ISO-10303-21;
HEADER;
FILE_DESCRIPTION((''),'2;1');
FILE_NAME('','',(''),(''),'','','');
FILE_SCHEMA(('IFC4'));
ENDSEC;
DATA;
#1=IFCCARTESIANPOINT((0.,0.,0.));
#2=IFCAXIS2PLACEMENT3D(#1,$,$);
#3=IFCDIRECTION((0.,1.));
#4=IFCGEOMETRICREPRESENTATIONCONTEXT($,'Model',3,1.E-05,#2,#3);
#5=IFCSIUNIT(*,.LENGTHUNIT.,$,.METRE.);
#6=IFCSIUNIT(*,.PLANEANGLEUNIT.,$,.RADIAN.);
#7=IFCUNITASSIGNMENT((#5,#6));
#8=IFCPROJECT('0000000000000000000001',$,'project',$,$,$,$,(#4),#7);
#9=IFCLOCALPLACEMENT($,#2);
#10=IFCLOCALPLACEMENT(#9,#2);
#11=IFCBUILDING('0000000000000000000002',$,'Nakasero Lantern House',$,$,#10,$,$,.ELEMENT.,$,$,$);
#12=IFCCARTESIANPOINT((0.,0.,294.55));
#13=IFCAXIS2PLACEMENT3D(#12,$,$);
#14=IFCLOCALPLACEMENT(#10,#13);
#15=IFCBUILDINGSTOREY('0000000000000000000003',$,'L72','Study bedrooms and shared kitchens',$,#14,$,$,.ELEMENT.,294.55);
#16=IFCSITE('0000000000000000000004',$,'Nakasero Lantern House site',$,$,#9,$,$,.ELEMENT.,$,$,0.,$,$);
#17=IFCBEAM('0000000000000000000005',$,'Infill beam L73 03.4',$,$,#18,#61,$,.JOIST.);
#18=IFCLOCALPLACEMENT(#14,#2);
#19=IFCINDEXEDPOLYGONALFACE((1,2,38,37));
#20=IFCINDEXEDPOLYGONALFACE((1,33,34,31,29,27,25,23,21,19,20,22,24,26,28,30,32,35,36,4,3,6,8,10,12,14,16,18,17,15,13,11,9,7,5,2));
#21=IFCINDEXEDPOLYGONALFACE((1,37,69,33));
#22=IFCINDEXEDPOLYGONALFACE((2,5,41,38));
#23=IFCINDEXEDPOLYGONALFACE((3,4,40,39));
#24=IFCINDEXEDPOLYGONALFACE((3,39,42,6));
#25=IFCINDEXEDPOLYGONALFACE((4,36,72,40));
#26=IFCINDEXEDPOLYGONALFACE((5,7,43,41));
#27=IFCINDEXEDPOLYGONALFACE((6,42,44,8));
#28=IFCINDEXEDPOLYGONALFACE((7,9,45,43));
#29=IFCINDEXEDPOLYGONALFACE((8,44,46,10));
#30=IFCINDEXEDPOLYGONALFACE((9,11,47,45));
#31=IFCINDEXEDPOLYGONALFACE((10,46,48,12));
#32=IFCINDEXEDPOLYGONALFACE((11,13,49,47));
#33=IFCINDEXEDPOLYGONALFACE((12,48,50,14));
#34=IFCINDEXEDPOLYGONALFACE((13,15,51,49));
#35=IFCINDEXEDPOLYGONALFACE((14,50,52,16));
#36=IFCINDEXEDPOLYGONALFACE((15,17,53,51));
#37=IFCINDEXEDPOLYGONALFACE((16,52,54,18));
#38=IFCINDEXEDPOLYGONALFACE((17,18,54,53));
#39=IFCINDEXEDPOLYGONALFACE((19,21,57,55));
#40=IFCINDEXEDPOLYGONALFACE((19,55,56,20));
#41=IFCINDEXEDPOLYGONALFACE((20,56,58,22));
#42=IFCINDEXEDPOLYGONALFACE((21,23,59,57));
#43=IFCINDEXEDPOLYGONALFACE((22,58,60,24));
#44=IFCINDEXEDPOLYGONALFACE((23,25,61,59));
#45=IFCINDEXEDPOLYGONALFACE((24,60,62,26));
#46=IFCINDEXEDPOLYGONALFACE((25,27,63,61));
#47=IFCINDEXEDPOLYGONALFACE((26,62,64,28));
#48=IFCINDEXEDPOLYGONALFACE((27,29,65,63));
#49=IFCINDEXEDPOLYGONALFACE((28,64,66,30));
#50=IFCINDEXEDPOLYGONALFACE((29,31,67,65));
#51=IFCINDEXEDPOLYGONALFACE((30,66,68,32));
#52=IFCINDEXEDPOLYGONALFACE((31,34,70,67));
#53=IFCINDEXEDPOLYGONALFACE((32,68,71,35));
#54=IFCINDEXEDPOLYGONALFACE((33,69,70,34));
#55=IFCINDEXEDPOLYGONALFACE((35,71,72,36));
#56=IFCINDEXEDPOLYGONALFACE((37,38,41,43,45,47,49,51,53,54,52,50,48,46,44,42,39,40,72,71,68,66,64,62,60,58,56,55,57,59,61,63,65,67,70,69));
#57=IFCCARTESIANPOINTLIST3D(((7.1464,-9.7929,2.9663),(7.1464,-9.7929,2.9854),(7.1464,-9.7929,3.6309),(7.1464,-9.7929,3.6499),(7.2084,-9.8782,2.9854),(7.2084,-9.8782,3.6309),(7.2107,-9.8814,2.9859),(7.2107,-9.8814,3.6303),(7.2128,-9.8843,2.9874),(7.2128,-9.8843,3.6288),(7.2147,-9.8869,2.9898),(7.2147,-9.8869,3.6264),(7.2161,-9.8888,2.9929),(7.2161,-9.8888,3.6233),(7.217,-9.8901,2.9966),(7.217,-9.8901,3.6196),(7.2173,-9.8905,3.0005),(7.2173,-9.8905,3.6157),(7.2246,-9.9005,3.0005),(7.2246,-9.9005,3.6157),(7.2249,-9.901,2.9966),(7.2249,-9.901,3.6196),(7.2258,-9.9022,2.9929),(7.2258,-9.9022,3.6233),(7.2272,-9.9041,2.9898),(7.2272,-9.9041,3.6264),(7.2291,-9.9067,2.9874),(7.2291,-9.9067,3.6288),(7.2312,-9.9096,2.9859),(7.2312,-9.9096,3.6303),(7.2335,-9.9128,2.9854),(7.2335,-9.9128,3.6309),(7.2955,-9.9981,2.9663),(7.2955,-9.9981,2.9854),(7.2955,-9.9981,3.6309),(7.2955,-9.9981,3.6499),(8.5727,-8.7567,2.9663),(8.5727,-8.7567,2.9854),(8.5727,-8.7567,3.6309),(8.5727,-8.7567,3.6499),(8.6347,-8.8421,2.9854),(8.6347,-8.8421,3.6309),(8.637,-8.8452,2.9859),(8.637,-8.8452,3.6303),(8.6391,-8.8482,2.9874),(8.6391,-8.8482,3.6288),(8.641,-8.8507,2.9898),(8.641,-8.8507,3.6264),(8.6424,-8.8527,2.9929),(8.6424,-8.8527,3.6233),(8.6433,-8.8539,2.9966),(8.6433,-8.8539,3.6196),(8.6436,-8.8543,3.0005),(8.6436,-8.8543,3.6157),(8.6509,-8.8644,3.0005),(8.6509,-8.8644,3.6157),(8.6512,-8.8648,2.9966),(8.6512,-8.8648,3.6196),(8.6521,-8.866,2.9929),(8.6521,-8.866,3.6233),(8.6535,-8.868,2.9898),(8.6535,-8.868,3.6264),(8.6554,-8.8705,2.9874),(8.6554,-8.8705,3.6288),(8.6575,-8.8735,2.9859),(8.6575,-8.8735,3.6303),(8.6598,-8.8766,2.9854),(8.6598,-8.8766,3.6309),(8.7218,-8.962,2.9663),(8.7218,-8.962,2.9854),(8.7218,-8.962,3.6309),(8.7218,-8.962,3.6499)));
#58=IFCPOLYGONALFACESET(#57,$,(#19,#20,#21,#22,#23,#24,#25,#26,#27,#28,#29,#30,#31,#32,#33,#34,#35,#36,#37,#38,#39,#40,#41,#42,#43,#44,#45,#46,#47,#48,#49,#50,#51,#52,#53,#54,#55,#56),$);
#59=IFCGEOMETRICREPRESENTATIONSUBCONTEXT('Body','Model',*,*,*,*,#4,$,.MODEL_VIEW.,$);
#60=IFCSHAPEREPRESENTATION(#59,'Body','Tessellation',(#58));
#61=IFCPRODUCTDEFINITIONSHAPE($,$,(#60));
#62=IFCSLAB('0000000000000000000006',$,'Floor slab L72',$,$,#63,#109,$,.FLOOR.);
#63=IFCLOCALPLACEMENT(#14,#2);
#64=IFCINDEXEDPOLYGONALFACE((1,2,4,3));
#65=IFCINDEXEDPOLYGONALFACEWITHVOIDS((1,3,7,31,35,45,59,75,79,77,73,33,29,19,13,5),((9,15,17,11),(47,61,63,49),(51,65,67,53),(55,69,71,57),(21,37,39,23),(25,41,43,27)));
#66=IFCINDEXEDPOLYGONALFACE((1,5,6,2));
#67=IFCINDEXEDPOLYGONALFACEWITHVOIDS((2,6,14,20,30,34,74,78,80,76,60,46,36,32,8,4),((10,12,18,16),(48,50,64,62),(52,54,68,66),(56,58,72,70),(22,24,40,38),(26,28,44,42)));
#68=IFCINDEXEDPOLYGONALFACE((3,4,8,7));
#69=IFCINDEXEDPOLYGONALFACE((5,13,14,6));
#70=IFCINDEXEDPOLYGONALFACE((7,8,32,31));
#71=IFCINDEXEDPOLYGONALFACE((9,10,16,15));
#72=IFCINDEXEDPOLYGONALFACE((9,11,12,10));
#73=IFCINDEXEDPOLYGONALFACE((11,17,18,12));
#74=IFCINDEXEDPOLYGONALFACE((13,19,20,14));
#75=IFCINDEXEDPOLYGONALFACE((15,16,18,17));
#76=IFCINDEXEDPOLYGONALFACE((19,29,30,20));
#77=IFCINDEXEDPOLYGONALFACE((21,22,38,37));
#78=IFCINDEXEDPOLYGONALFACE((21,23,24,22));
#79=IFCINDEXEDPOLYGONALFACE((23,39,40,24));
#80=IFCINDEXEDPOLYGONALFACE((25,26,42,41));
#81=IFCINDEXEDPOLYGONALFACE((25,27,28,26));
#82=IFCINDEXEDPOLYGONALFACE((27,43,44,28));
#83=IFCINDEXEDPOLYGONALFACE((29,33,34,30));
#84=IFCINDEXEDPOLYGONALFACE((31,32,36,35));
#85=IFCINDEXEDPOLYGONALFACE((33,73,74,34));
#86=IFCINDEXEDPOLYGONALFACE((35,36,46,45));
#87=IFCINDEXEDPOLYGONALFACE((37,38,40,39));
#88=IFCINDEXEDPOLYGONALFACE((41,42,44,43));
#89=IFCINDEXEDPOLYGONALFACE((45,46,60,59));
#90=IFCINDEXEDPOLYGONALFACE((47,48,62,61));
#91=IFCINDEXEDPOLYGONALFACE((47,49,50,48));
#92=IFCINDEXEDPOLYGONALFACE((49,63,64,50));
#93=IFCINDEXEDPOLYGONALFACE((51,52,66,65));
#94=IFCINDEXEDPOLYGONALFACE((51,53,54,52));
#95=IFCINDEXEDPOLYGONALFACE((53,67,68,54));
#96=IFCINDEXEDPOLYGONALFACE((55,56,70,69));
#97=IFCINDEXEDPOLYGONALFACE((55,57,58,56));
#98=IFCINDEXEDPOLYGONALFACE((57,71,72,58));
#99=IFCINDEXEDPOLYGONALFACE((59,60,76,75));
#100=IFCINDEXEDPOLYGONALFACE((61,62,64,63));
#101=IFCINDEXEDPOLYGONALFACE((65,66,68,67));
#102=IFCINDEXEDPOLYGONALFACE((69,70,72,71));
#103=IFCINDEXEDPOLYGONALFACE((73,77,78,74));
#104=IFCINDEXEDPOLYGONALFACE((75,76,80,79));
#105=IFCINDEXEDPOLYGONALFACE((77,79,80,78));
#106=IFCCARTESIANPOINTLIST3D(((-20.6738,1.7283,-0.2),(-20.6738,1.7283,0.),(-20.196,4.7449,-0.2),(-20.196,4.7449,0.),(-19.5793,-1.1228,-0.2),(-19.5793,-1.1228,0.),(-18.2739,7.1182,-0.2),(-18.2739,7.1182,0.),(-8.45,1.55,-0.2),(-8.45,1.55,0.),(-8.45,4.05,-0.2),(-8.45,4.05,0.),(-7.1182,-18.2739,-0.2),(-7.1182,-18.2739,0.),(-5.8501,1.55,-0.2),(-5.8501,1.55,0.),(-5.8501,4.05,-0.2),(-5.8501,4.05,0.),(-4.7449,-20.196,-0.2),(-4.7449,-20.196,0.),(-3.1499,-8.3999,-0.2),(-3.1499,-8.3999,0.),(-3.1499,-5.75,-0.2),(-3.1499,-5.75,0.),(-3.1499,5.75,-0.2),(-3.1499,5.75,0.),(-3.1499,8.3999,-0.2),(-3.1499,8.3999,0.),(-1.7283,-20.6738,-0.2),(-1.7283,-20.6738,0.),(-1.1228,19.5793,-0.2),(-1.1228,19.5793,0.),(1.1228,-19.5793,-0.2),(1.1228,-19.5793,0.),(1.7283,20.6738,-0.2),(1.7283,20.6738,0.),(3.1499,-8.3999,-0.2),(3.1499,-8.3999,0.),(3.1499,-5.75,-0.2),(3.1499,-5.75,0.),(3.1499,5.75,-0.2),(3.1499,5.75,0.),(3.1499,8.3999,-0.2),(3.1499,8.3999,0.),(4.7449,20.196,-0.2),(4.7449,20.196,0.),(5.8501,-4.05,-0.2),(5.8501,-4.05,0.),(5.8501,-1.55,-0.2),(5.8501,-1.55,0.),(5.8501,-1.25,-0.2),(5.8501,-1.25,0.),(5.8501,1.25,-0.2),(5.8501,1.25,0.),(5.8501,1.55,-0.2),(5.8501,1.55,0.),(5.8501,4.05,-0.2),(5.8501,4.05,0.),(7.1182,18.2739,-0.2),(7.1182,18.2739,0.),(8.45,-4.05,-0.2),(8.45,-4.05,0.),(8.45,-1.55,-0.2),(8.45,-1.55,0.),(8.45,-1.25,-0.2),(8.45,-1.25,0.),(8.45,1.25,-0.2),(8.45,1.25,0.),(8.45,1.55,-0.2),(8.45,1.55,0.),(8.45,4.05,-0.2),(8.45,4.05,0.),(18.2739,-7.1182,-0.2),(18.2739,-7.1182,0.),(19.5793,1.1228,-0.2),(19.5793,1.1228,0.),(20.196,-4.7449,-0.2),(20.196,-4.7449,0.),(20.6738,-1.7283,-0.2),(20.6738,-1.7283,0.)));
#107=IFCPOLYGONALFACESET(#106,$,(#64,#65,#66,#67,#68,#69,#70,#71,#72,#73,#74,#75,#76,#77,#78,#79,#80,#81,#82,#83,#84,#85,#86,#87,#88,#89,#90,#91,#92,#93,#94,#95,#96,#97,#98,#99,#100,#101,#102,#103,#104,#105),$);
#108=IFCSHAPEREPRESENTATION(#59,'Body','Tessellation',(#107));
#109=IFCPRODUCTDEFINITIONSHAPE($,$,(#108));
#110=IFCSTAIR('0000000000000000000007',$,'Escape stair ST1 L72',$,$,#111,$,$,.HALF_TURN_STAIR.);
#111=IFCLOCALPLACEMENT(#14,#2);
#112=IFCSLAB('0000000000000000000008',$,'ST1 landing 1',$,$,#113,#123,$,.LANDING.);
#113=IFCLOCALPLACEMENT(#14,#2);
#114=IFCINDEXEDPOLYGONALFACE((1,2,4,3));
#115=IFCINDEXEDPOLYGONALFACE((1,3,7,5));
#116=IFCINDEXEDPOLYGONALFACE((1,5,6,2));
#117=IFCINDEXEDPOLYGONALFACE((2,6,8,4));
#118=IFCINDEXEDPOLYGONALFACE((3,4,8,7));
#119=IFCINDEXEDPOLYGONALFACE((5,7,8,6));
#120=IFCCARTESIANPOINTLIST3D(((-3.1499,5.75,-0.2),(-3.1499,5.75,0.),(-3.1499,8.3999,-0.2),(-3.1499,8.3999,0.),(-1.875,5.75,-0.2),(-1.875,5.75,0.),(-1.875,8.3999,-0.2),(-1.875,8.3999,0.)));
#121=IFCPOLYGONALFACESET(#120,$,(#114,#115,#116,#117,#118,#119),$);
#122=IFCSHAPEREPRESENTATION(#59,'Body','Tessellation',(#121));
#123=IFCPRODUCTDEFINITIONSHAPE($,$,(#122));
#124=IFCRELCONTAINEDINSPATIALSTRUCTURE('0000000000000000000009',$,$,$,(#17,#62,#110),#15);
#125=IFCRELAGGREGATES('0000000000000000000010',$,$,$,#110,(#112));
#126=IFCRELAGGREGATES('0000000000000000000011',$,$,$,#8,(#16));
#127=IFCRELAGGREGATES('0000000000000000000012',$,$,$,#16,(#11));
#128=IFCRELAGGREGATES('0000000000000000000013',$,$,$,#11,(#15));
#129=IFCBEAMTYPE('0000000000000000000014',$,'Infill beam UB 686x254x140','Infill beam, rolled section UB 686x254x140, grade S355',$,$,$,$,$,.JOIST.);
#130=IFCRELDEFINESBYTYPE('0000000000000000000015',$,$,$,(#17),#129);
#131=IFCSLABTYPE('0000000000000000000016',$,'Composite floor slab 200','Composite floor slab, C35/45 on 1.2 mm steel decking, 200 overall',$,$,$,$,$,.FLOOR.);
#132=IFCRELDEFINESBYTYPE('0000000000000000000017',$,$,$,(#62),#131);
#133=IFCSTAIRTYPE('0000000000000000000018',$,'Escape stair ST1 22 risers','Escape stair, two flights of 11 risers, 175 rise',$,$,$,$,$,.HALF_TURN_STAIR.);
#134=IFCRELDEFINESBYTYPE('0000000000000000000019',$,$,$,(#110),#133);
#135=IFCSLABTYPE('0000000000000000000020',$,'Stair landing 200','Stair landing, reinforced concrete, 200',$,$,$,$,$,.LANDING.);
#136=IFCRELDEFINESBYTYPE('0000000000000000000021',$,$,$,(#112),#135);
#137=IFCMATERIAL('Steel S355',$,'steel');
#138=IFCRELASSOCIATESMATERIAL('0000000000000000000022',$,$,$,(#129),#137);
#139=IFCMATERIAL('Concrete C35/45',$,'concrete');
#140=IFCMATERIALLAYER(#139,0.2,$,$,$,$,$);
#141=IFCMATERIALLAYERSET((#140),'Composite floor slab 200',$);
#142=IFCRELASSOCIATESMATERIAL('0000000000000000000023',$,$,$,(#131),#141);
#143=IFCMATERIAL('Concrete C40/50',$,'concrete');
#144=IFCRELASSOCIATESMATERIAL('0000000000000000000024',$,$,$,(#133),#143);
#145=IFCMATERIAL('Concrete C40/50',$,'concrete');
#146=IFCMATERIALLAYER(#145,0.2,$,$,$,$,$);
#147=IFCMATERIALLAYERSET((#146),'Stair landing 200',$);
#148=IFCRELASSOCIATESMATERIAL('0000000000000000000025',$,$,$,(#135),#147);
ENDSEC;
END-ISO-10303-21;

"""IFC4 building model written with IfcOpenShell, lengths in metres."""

from ifc_helpers import new_model, si_unit, direction, frame, origin, origin_2d, place, context, subcontext, project, spatial, polyline, i_section, outline, extrude, material, layer, layer_set, material_profile, profile_set, type_object, element, aggregate, save


model = new_model("IFC4")

# Units and contexts
model_context = context("Model", 3, precision=1e-05, world=origin(), true_north=direction((0.0, 1.0)))
body_context = subcontext(model_context, "Body", "Model", "MODEL_VIEW")
ifc_project = project(units=[si_unit("LENGTHUNIT", "METRE"), si_unit("PLANEANGLEUNIT", "RADIAN")], contexts=[model_context])

# Site, building, storey
site_placement = place(None, origin())
site = spatial("IfcSite", under=ifc_project, at=site_placement, Name="Nakasero Lantern House site", CompositionType="ELEMENT", RefElevation=0.0)
building_placement = place(site_placement, origin())
building = spatial("IfcBuilding", under=site, at=building_placement, Name="Nakasero Lantern House", CompositionType="ELEMENT")
storey_placement = place(building_placement, frame((0.0, 0.0, 294.55)))
storey = spatial("IfcBuildingStorey", under=building, at=storey_placement, Name="L72", Description="Study bedrooms and shared kitchens", CompositionType="ELEMENT", Elevation=294.55)

# Beam
ifc_material_1 = material(Name="Steel S355", Category="steel")
ifc_material_profile = material_profile(ifc_material_1, i_section(OverallWidth=0.2537, OverallDepth=0.6836, WebThickness=0.0125, FlangeThickness=0.019, FilletRadius=0.0151, at=origin_2d()), Name="UB 686x254x140")
ifc_profile_set = profile_set([ifc_material_profile], Name="Steel S355")
beam_type = type_object("IfcBeamType", Name="Infill beam UB 686x254x140", Description="Infill beam, rolled section UB 686x254x140, grade S355", PredefinedType="JOIST", material=ifc_profile_set)
beam_placement = place(storey_placement, frame((7.2209, -9.8955, 3.3081), z_axis=(0.809047, 0.587743, 0.0), x_axis=(-0.587743, 0.809047, 0.0)))
element("IfcBeam", 1, at=beam_placement, inside=storey, type_object=beam_type, Name="Infill beam L73 03.4", PredefinedType="JOIST", context=body_context, shape_type="SweptSolid", body=[
    extrude(i_section(OverallWidth=0.2537, OverallDepth=0.6836, WebThickness=0.0125, FlangeThickness=0.019, FilletRadius=0.0151, at=origin_2d()), origin(), (0.0, 0.0, 1.0), 1.7629),
])

# Slab
ifc_material_2 = material(Name="Concrete C35/45", Category="concrete")
ifc_layer_1 = layer(ifc_material_2, 0.2)
ifc_layer_set_1 = layer_set([ifc_layer_1], Name="Composite floor slab 200")
slab_type_1 = type_object("IfcSlabType", Name="Composite floor slab 200", Description="Composite floor slab, C35/45 on 1.2 mm steel decking, 200 overall", PredefinedType="FLOOR", material=ifc_layer_set_1)
slab_1_placement = place(storey_placement, frame((0.0, 0.0, -0.2)))
element("IfcSlab", 2, at=slab_1_placement, inside=storey, type_object=slab_type_1, Name="Floor slab L72", PredefinedType="FLOOR", context=body_context, shape_type="SweptSolid", body=[
    extrude(outline(polyline([(7.1182, 18.2739), (4.7449, 20.196), (1.7283, 20.6738), (-1.1228, 19.5793), (-18.2739, 7.1182), (-20.196, 4.7449), (-20.6738, 1.7283), (-19.5793, -1.1228), (-7.1182, -18.2739), (-4.7449, -20.196), (-1.7283, -20.6738), (1.1228, -19.5793), (18.2739, -7.1182), (20.196, -4.7449), (20.6738, -1.7283), (19.5793, 1.1228), (7.1182, 18.2739)]), holes=[polyline([(-8.45, 1.55), (-5.8501, 1.55), (-5.8501, 4.05), (-8.45, 4.05), (-8.45, 1.55)]), polyline([(5.8501, -4.05), (8.45, -4.05), (8.45, -1.55), (5.8501, -1.55), (5.8501, -4.05)]), polyline([(5.8501, -1.25), (8.45, -1.25), (8.45, 1.25), (5.8501, 1.25), (5.8501, -1.25)]), polyline([(5.8501, 1.55), (8.45, 1.55), (8.45, 4.05), (5.8501, 4.05), (5.8501, 1.55)]), polyline([(-3.1499, 5.75), (3.1499, 5.75), (3.1499, 8.3999), (-3.1499, 8.3999), (-3.1499, 5.75)]), polyline([(-3.1499, -8.3999), (3.1499, -8.3999), (3.1499, -5.75), (-3.1499, -5.75), (-3.1499, -8.3999)])]), origin(), (0.0, 0.0, 1.0), 0.2),
])

# Stair, slab
ifc_material_3 = material(Name="Concrete C40/50", Category="concrete")
stair_type_1 = type_object("IfcStairType", Name="Escape stair ST1 22 risers", Description="Escape stair, two flights of 11 risers, 175 rise", PredefinedType="HALF_TURN_STAIR", material=ifc_material_3)
stair_1_placement = place(storey_placement, origin())
stair_1 = element("IfcStair", 3, at=stair_1_placement, inside=storey, type_object=stair_type_1, Name="Escape stair ST1 L72", PredefinedType="HALF_TURN_STAIR")
ifc_material_4 = material(Name="Concrete C40/50", Category="concrete")
ifc_layer_2 = layer(ifc_material_4, 0.2)
ifc_layer_set_2 = layer_set([ifc_layer_2], Name="Stair landing 200")
slab_type_2 = type_object("IfcSlabType", Name="Stair landing 200", Description="Stair landing, reinforced concrete, 200", PredefinedType="LANDING", material=ifc_layer_set_2)
slab_2_placement = place(storey_placement, frame((0.0, 0.0, -0.2)))
slab_2 = element("IfcSlab", 4, at=slab_2_placement, type_object=slab_type_2, Name="ST1 landing 1", PredefinedType="LANDING", context=body_context, shape_type="SweptSolid", body=[
    extrude(outline(polyline([(-3.1499, 5.75), (-1.875, 5.75), (-1.875, 8.3999), (-3.1499, 8.3999), (-3.1499, 5.75)])), origin(), (0.0, 0.0, 1.0), 0.2),
])
aggregate(stair_1, [slab_2])

save(model, "model.ifc")
